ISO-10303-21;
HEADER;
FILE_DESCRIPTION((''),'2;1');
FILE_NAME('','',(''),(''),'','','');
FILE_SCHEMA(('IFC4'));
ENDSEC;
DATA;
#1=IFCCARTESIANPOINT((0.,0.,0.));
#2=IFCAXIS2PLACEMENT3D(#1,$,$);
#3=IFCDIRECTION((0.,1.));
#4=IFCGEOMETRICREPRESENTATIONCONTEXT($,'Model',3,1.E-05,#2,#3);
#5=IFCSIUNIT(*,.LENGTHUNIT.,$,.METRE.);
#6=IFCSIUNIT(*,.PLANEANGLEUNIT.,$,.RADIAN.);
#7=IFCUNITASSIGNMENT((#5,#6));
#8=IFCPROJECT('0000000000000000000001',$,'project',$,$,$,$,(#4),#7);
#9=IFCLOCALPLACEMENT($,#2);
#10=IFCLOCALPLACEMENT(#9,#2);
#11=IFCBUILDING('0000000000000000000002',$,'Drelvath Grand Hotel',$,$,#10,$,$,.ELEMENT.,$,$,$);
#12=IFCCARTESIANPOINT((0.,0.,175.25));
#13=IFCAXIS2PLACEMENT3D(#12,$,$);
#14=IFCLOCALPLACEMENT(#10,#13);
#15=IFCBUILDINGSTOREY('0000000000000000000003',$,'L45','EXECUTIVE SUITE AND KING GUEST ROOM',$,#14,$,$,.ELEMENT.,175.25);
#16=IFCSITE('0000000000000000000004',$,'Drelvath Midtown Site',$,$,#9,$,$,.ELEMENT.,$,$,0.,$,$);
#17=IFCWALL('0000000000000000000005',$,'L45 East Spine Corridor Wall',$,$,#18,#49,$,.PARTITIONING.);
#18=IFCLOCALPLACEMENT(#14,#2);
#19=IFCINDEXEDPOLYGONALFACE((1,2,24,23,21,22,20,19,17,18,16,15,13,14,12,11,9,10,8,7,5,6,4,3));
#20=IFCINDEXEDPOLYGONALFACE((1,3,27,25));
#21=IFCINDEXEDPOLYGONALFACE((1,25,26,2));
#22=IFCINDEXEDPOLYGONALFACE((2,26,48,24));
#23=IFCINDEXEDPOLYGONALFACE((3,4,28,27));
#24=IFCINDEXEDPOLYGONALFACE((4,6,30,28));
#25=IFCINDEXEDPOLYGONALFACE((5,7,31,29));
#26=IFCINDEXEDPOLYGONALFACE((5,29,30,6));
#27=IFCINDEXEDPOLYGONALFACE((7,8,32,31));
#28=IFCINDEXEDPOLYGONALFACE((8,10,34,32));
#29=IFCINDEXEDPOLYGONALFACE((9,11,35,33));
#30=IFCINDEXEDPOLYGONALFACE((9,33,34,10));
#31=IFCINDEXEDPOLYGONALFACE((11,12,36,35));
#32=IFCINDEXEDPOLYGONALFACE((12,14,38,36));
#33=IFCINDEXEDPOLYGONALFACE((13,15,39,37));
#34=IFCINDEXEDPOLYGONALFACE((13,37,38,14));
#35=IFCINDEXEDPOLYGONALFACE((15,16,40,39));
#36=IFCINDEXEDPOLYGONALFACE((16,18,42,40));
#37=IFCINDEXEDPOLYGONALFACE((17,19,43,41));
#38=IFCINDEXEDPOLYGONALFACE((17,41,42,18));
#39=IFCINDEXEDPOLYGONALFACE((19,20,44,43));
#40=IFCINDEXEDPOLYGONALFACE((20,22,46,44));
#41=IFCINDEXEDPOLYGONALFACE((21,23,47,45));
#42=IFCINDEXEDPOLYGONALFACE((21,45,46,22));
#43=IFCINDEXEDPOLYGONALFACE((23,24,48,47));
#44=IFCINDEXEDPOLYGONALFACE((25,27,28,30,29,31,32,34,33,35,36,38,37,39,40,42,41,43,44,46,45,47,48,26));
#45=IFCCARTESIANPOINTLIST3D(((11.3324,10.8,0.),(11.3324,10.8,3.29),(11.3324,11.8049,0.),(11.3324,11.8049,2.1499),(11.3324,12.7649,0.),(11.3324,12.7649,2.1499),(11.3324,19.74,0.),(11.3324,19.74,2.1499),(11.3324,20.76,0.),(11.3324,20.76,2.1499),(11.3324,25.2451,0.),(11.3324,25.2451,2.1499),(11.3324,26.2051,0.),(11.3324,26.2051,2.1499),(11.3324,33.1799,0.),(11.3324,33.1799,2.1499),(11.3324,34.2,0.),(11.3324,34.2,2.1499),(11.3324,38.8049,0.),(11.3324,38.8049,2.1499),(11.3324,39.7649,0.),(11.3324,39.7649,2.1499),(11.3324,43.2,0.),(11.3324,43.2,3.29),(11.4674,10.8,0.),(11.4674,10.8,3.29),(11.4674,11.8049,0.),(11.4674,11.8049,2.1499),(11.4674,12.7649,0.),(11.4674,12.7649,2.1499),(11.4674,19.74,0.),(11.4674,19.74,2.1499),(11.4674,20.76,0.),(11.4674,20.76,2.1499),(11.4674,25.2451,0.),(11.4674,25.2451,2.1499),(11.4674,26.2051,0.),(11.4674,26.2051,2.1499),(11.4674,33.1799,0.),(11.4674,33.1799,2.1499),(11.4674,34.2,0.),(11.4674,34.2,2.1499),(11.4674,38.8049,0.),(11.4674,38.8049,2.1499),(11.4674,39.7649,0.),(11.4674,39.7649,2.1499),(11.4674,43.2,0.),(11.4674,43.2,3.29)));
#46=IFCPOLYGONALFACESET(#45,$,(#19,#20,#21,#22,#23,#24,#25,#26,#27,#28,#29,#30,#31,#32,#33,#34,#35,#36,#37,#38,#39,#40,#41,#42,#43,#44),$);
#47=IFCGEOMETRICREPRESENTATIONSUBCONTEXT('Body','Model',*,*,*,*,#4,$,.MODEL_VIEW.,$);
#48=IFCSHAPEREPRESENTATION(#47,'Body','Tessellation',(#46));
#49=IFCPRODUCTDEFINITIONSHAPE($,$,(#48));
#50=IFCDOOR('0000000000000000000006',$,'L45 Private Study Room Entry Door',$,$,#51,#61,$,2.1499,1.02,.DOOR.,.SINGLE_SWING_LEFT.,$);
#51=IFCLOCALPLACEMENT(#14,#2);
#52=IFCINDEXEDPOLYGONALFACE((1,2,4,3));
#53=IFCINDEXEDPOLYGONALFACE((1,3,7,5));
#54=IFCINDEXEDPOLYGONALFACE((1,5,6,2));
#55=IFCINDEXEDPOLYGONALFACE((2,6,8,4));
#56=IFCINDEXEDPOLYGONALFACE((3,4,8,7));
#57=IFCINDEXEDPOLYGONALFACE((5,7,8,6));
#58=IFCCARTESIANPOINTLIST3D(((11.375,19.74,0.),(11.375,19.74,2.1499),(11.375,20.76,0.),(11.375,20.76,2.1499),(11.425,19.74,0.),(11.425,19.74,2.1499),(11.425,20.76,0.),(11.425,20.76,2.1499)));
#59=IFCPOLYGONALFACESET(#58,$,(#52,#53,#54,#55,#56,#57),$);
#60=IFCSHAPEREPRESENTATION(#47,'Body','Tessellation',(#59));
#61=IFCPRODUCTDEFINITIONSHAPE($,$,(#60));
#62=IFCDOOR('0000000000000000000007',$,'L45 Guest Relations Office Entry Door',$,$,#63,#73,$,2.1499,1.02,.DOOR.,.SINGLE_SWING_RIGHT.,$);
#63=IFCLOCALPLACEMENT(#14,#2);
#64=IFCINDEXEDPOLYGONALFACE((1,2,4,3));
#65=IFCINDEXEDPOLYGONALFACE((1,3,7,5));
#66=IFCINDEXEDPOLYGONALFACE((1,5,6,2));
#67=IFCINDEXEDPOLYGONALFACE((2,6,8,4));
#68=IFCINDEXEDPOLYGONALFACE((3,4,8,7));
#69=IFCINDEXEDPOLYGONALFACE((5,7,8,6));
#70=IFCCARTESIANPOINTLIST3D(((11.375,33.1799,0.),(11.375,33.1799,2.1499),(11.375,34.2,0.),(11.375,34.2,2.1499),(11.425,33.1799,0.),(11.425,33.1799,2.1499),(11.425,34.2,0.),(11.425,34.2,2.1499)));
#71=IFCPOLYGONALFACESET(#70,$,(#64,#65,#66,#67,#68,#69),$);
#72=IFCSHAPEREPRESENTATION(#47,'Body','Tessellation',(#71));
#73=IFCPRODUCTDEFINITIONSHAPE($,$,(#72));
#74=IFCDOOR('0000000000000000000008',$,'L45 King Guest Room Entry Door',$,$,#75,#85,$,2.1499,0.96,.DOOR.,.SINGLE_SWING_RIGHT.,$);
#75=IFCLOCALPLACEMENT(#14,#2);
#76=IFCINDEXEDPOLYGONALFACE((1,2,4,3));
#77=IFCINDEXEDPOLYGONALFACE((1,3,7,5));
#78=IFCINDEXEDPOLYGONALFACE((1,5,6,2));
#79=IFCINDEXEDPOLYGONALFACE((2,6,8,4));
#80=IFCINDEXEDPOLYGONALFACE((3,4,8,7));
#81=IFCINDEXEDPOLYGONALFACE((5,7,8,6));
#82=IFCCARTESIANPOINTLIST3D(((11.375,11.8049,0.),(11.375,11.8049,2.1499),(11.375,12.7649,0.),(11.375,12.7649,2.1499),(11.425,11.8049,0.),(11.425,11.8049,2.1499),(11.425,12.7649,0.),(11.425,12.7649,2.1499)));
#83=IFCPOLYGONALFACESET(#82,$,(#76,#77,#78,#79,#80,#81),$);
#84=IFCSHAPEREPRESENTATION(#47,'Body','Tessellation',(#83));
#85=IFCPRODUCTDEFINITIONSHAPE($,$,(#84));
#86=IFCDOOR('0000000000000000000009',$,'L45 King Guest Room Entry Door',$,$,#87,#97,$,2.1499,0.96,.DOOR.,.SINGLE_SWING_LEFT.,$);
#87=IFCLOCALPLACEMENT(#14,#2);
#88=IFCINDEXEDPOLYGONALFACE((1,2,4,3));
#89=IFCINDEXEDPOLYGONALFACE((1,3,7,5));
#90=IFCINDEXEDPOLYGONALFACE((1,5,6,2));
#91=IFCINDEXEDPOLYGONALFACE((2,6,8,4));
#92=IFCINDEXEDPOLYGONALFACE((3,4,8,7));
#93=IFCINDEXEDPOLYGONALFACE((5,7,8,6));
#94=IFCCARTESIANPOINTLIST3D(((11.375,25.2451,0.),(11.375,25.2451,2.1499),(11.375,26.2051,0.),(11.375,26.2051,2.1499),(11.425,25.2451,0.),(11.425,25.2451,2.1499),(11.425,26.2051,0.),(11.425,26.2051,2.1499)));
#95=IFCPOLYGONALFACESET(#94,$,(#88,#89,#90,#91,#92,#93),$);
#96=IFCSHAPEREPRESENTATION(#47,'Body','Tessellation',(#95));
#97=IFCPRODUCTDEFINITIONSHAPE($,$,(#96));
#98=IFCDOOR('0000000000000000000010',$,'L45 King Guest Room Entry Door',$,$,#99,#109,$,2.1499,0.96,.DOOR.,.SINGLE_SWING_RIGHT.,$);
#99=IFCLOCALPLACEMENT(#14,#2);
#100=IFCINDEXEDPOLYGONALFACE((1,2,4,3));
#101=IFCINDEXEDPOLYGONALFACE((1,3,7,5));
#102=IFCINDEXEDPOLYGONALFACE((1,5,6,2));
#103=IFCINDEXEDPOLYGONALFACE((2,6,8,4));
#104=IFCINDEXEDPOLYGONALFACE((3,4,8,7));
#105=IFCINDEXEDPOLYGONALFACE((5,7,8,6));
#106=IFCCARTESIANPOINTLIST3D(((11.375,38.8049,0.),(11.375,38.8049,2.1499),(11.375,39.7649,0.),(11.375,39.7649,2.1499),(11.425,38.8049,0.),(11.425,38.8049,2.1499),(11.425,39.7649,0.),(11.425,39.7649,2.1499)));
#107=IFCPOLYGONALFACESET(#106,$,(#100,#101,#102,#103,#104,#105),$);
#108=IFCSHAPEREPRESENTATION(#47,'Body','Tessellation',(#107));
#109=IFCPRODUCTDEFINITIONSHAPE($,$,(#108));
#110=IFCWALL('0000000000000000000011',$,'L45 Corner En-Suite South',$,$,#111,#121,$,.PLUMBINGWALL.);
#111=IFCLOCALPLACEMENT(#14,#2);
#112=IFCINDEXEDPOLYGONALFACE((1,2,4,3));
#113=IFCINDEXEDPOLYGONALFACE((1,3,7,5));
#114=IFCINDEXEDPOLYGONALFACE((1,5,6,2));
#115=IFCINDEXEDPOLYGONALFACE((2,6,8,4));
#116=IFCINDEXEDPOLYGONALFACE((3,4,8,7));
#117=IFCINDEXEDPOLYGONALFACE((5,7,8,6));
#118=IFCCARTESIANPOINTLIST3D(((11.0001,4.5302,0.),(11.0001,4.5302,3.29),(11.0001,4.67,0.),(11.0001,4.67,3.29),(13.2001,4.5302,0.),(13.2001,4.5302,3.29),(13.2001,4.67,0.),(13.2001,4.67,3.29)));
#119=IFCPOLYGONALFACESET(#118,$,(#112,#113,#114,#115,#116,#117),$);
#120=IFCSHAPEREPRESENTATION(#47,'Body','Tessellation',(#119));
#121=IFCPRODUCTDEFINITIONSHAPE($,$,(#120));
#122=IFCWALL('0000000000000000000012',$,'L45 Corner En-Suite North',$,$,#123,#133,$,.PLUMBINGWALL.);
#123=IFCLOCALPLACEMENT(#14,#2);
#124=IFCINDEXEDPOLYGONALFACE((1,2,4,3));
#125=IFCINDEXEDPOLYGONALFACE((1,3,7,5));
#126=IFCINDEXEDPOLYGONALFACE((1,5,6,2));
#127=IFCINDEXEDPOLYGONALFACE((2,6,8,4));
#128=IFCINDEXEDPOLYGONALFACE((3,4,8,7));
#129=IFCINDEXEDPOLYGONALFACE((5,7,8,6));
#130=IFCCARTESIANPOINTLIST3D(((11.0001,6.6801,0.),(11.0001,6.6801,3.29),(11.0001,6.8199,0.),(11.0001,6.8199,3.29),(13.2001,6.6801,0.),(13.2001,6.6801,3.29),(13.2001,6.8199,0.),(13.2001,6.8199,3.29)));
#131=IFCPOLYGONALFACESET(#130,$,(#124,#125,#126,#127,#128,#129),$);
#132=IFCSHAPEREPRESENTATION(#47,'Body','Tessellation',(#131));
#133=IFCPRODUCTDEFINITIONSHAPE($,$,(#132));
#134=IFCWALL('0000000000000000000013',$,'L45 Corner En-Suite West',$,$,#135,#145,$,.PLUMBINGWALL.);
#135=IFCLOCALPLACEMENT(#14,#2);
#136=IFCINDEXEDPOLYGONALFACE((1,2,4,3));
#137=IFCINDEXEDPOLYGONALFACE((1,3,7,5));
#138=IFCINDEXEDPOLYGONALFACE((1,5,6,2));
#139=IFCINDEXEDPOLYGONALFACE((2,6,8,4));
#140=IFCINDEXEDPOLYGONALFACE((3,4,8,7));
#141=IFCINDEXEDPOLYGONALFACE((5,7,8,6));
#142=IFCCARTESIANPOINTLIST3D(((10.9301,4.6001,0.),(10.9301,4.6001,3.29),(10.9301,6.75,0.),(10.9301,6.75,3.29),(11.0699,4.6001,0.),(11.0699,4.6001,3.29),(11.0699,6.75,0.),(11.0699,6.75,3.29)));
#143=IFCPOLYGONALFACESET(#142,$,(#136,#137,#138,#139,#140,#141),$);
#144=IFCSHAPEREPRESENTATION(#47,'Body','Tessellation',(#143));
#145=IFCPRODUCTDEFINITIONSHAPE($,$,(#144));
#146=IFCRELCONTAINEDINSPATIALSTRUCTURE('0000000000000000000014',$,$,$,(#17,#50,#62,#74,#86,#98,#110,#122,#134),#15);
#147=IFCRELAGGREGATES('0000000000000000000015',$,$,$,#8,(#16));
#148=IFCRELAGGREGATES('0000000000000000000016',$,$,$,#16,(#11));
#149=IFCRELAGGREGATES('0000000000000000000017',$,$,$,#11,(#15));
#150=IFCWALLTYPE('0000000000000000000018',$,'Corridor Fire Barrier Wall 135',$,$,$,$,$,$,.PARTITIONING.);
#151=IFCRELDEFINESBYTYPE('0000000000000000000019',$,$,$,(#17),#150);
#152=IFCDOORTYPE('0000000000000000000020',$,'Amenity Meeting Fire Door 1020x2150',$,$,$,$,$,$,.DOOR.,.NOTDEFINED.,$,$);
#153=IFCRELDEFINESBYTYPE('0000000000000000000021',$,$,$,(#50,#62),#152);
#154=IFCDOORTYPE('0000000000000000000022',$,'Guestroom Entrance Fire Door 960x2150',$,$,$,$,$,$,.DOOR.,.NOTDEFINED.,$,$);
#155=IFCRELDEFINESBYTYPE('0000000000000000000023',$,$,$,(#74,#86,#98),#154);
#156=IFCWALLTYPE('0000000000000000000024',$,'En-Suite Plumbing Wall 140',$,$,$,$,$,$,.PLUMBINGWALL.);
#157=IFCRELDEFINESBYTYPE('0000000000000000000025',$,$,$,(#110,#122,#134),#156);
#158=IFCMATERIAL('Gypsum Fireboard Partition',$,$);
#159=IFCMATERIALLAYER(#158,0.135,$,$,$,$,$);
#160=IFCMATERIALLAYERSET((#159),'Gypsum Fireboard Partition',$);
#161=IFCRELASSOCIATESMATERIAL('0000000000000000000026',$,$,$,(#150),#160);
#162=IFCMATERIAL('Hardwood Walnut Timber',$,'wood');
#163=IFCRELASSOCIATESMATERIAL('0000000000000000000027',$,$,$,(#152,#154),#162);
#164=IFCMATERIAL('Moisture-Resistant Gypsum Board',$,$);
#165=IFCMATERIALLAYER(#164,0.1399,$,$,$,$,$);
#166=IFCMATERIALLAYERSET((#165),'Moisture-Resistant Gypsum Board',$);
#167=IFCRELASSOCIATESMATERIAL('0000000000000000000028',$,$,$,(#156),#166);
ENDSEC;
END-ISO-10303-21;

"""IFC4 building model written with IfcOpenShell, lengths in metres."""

from ifc_helpers import new_model, si_unit, direction, frame, frame_2d, origin, place, context, subcontext, project, spatial, rectangle, extrude, material, layer, layer_set, type_object, element, fill, save


model = new_model("IFC4")

# Units and contexts
model_context = context("Model", 3, precision=1e-05, world=origin(), true_north=direction((0.0, 1.0)))
body_context = subcontext(model_context, "Body", "Model", "MODEL_VIEW")
ifc_project = project(units=[si_unit("LENGTHUNIT", "METRE"), si_unit("PLANEANGLEUNIT", "RADIAN")], contexts=[model_context])

# Site, building, storey
site_placement = place(None, origin())
site = spatial("IfcSite", under=ifc_project, at=site_placement, Name="Drelvath Midtown Site", CompositionType="ELEMENT", RefElevation=0.0)
building_placement = place(site_placement, origin())
building = spatial("IfcBuilding", under=site, at=building_placement, Name="Drelvath Grand Hotel", CompositionType="ELEMENT")
storey_placement = place(building_placement, frame((0.0, 0.0, 175.25)))
storey = spatial("IfcBuildingStorey", under=building, at=storey_placement, Name="L45", Description="EXECUTIVE SUITE AND KING GUEST ROOM", CompositionType="ELEMENT", Elevation=175.25)

# Shared definitions
ifc_material_1 = material(Name="Gypsum Fireboard Partition")
ifc_layer_1 = layer(ifc_material_1, 0.135)
ifc_layer_set_1 = layer_set([ifc_layer_1], Name="Gypsum Fireboard Partition")
wall_type_1 = type_object("IfcWallType", Name="Corridor Fire Barrier Wall 135", PredefinedType="PARTITIONING", material=ifc_layer_set_1)

# Wall, openings, doors
wall_1_placement = place(storey_placement, frame((11.3999, 10.8, 0.0), z_axis=(0.0, 0.0, 1.0), x_axis=(0.0, 1.0, 0.0)))
wall_1 = element("IfcWall", 1, at=wall_1_placement, inside=storey, type_object=wall_type_1, Name="L45 East Spine Corridor Wall", PredefinedType="PARTITIONING", context=body_context, shape_type="SweptSolid", body=[
    extrude(rectangle(XDim=32.3999, YDim=0.135, at=frame_2d((16.2, 0.0))), origin(), (0.0, 0.0, 1.0), 3.29),
])
opening_1_placement = place(wall_1_placement, frame((1.0049, 0.0, 0.0)))
opening_1 = element("IfcOpeningElement", 2, at=opening_1_placement, cuts=wall_1, PredefinedType="OPENING", context=body_context, shape_type="SweptSolid", body=[
    extrude(rectangle(XDim=0.96, YDim=2.1499, at=frame_2d((0.48, 1.075))), frame((0.0, 0.0774, 0.0), z_axis=(0.0, -1.0, 0.0), x_axis=(1.0, 0.0, 0.0)), (0.0, 0.0, 1.0), 0.155),
])
opening_2_placement = place(wall_1_placement, frame((8.9399, 0.0, 0.0)))
opening_2 = element("IfcOpeningElement", 3, at=opening_2_placement, cuts=wall_1, PredefinedType="OPENING", context=body_context, shape_type="SweptSolid", body=[
    extrude(rectangle(XDim=1.02, YDim=2.1499, at=frame_2d((0.51, 1.075))), frame((0.0, 0.0774, 0.0), z_axis=(0.0, -1.0, 0.0), x_axis=(1.0, 0.0, 0.0)), (0.0, 0.0, 1.0), 0.155),
])
opening_3_placement = place(wall_1_placement, frame((14.4451, 0.0, 0.0)))
opening_3 = element("IfcOpeningElement", 4, at=opening_3_placement, cuts=wall_1, PredefinedType="OPENING", context=body_context, shape_type="SweptSolid", body=[
    extrude(rectangle(XDim=0.96, YDim=2.1499, at=frame_2d((0.48, 1.075))), frame((0.0, 0.0774, 0.0), z_axis=(0.0, -1.0, 0.0), x_axis=(1.0, 0.0, 0.0)), (0.0, 0.0, 1.0), 0.155),
])
opening_4_placement = place(wall_1_placement, frame((22.3799, 0.0, 0.0)))
opening_4 = element("IfcOpeningElement", 5, at=opening_4_placement, cuts=wall_1, PredefinedType="OPENING", context=body_context, shape_type="SweptSolid", body=[
    extrude(rectangle(XDim=1.02, YDim=2.1499, at=frame_2d((0.51, 1.075))), frame((0.0, 0.0774, 0.0), z_axis=(0.0, -1.0, 0.0), x_axis=(1.0, 0.0, 0.0)), (0.0, 0.0, 1.0), 0.155),
])
opening_5_placement = place(wall_1_placement, frame((28.0049, 0.0, 0.0)))
opening_5 = element("IfcOpeningElement", 6, at=opening_5_placement, cuts=wall_1, PredefinedType="OPENING", context=body_context, shape_type="SweptSolid", body=[
    extrude(rectangle(XDim=0.96, YDim=2.1499, at=frame_2d((0.48, 1.075))), frame((0.0, 0.0774, 0.0), z_axis=(0.0, -1.0, 0.0), x_axis=(1.0, 0.0, 0.0)), (0.0, 0.0, 1.0), 0.155),
])
ifc_material_2 = material(Name="Hardwood Walnut Timber", Category="wood")
door_type_1 = type_object("IfcDoorType", Name="Amenity Meeting Fire Door 1020x2150", OperationType="NOTDEFINED", PredefinedType="DOOR", material=ifc_material_2)
door_1_placement = place(opening_2_placement, origin())
door_1 = element("IfcDoor", 7, at=door_1_placement, inside=storey, type_object=door_type_1, Name="L45 Private Study Room Entry Door", OperationType="SINGLE_SWING_LEFT", OverallHeight=2.1499, OverallWidth=1.02, PredefinedType="DOOR", context=body_context, shape_type="SweptSolid", body=[
    extrude(rectangle(XDim=1.02, YDim=2.1499, at=frame_2d((0.51, 1.075))), frame((0.0, 0.0249, 0.0), z_axis=(0.0, -1.0, 0.0), x_axis=(1.0, 0.0, 0.0)), (0.0, 0.0, 1.0), 0.05),
])
fill(opening_2, door_1)
door_2_placement = place(opening_4_placement, origin())
door_2 = element("IfcDoor", 8, at=door_2_placement, inside=storey, type_object=door_type_1, Name="L45 Guest Relations Office Entry Door", OperationType="SINGLE_SWING_RIGHT", OverallHeight=2.1499, OverallWidth=1.02, PredefinedType="DOOR", context=body_context, shape_type="SweptSolid", body=[
    extrude(rectangle(XDim=1.02, YDim=2.1499, at=frame_2d((0.51, 1.075))), frame((0.0, 0.0249, 0.0), z_axis=(0.0, -1.0, 0.0), x_axis=(1.0, 0.0, 0.0)), (0.0, 0.0, 1.0), 0.05),
])
fill(opening_4, door_2)
door_type_2 = type_object("IfcDoorType", Name="Guestroom Entrance Fire Door 960x2150", OperationType="NOTDEFINED", PredefinedType="DOOR", material=ifc_material_2)
door_3_placement = place(opening_1_placement, origin())
door_3 = element("IfcDoor", 9, at=door_3_placement, inside=storey, type_object=door_type_2, Name="L45 King Guest Room Entry Door", OperationType="SINGLE_SWING_RIGHT", OverallHeight=2.1499, OverallWidth=0.96, PredefinedType="DOOR", context=body_context, shape_type="SweptSolid", body=[
    extrude(rectangle(XDim=0.96, YDim=2.1499, at=frame_2d((0.48, 1.075))), frame((0.0, 0.0249, 0.0), z_axis=(0.0, -1.0, 0.0), x_axis=(1.0, 0.0, 0.0)), (0.0, 0.0, 1.0), 0.05),
])
fill(opening_1, door_3)
door_4_placement = place(opening_3_placement, origin())
door_4 = element("IfcDoor", 10, at=door_4_placement, inside=storey, type_object=door_type_2, Name="L45 King Guest Room Entry Door", OperationType="SINGLE_SWING_LEFT", OverallHeight=2.1499, OverallWidth=0.96, PredefinedType="DOOR", context=body_context, shape_type="SweptSolid", body=[
    extrude(rectangle(XDim=0.96, YDim=2.1499, at=frame_2d((0.48, 1.075))), frame((0.0, 0.0249, 0.0), z_axis=(0.0, -1.0, 0.0), x_axis=(1.0, 0.0, 0.0)), (0.0, 0.0, 1.0), 0.05),
])
fill(opening_3, door_4)
door_5_placement = place(opening_5_placement, origin())
door_5 = element("IfcDoor", 11, at=door_5_placement, inside=storey, type_object=door_type_2, Name="L45 King Guest Room Entry Door", OperationType="SINGLE_SWING_RIGHT", OverallHeight=2.1499, OverallWidth=0.96, PredefinedType="DOOR", context=body_context, shape_type="SweptSolid", body=[
    extrude(rectangle(XDim=0.96, YDim=2.1499, at=frame_2d((0.48, 1.075))), frame((0.0, 0.0249, 0.0), z_axis=(0.0, -1.0, 0.0), x_axis=(1.0, 0.0, 0.0)), (0.0, 0.0, 1.0), 0.05),
])
fill(opening_5, door_5)

# Walls
ifc_material_3 = material(Name="Moisture-Resistant Gypsum Board")
ifc_layer_2 = layer(ifc_material_3, 0.1399)
ifc_layer_set_2 = layer_set([ifc_layer_2], Name="Moisture-Resistant Gypsum Board")
wall_type_2 = type_object("IfcWallType", Name="En-Suite Plumbing Wall 140", PredefinedType="PLUMBINGWALL", material=ifc_layer_set_2)
for number, where, z_axis, x_axis, name in (
    (12, (11.0, 4.6001, 0.0), (0.0, 0.0, 1.0), (1.0, 0.0, 0.0), "L45 Corner En-Suite South"),
    (13, (11.0, 6.75, 0.0), (0.0, 0.0, 1.0), (1.0, 0.0, 0.0), "L45 Corner En-Suite North"),
):
    element("IfcWall", number, at=place(storey_placement, frame(where, z_axis=z_axis, x_axis=x_axis)), inside=storey, type_object=wall_type_2, Name=name, PredefinedType="PLUMBINGWALL", context=body_context, shape_type="SweptSolid", body=[
        extrude(rectangle(XDim=2.2, YDim=0.1399, at=frame_2d((1.1001, 0.0))), origin(), (0.0, 0.0, 1.0), 3.29),
    ])
wall_2_placement = place(storey_placement, frame((11.0, 4.6001, 0.0), z_axis=(0.0, 0.0, 1.0), x_axis=(0.0, 1.0, 0.0)))
element("IfcWall", 14, at=wall_2_placement, inside=storey, type_object=wall_type_2, Name="L45 Corner En-Suite West", PredefinedType="PLUMBINGWALL", context=body_context, shape_type="SweptSolid", body=[
    extrude(rectangle(XDim=2.1499, YDim=0.1399, at=frame_2d((1.075, 0.0))), origin(), (0.0, 0.0, 1.0), 3.29),
])

save(model, "model.ifc")
